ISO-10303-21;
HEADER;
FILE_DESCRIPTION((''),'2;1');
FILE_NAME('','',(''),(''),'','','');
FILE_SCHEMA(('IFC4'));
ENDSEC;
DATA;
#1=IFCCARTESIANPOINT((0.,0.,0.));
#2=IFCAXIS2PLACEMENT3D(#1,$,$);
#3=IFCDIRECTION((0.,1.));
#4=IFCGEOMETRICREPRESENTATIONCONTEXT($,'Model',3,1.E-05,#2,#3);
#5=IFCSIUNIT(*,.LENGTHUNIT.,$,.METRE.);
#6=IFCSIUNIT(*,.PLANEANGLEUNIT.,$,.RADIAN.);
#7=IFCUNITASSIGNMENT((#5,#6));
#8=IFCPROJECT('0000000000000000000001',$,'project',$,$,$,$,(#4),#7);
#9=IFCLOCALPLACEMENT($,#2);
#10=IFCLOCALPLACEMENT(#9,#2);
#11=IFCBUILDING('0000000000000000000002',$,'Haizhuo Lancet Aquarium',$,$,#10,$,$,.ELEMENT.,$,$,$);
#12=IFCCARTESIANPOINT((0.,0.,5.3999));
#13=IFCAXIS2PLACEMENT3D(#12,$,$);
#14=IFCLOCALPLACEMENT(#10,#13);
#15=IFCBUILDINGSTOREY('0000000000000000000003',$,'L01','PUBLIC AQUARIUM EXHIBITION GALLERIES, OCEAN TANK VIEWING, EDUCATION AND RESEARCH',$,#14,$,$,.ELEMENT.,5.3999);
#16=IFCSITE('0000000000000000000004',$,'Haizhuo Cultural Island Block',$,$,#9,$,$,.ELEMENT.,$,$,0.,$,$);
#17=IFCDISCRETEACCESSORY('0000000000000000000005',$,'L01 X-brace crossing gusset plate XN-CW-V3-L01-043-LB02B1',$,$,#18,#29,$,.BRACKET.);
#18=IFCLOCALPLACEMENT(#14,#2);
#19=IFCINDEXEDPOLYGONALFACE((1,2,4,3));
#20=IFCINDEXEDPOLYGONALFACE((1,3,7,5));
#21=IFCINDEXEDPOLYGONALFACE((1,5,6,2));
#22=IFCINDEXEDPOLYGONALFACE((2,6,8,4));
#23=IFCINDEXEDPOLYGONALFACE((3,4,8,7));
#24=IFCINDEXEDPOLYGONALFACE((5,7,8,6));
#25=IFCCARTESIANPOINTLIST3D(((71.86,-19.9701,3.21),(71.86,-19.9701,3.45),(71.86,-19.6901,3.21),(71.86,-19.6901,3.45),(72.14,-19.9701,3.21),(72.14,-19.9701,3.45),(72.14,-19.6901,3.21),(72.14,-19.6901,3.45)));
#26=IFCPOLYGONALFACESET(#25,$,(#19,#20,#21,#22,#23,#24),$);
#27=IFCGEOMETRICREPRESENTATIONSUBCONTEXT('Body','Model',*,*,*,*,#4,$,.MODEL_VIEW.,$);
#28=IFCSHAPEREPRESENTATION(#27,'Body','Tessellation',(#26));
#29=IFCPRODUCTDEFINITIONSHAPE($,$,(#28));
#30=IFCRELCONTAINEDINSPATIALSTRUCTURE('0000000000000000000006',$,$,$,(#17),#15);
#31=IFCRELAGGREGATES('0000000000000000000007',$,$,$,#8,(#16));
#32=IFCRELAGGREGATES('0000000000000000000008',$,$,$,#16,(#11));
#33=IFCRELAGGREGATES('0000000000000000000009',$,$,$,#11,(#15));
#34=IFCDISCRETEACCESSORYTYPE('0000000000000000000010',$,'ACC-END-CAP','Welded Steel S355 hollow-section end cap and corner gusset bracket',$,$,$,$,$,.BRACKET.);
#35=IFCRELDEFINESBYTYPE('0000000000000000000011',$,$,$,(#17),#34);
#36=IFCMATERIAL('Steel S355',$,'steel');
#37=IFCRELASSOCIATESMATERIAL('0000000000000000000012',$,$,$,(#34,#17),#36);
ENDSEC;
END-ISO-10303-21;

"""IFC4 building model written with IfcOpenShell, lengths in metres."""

from ifc_helpers import new_model, si_unit, direction, frame, origin, origin_2d, place, context, subcontext, project, spatial, rectangle, extrude, material, type_object, element, save


model = new_model("IFC4")

# Units and contexts
model_context = context("Model", 3, precision=1e-05, world=origin(), true_north=direction((0.0, 1.0)))
body_context = subcontext(model_context, "Body", "Model", "MODEL_VIEW")
ifc_project = project(units=[si_unit("LENGTHUNIT", "METRE"), si_unit("PLANEANGLEUNIT", "RADIAN")], contexts=[model_context])

# Site, building, storey
site_placement = place(None, origin())
site = spatial("IfcSite", under=ifc_project, at=site_placement, Name="Haizhuo Cultural Island Block", CompositionType="ELEMENT", RefElevation=0.0)
building_placement = place(site_placement, origin())
building = spatial("IfcBuilding", under=site, at=building_placement, Name="Haizhuo Lancet Aquarium", CompositionType="ELEMENT")
storey_placement = place(building_placement, frame((0.0, 0.0, 5.3999)))
storey = spatial("IfcBuildingStorey", under=building, at=storey_placement, Name="L01", Description="PUBLIC AQUARIUM EXHIBITION GALLERIES, OCEAN TANK VIEWING, EDUCATION AND RESEARCH", CompositionType="ELEMENT", Elevation=5.3999)

# Shared definitions
ifc_material_1 = material(Name="Steel S355", Category="steel")

# Discrete accessory
discrete_accessory_type = type_object("IfcDiscreteAccessoryType", Name="ACC-END-CAP", Description="Welded Steel S355 hollow-section end cap and corner gusset bracket", PredefinedType="BRACKET", material=ifc_material_1)
for number, where, z_axis, x_axis, name in (
    (1, (72.0, -19.8301, 3.21), (0.0, 0.0, 1.0), (1.0, 0.0, 0.0), "L01 X-brace crossing gusset plate XN-CW-V3-L01-043-LB02B1"),
):
    element("IfcDiscreteAccessory", number, at=place(storey_placement, frame(where, z_axis=z_axis, x_axis=x_axis)), inside=storey, type_object=discrete_accessory_type, material=ifc_material_1, Name=name, PredefinedType="BRACKET", context=body_context, shape_type="SweptSolid", body=[
        extrude(rectangle(XDim=0.28, YDim=0.28, at=origin_2d()), origin(), (0.0, 0.0, 1.0), 0.24),
    ])

save(model, "model.ifc")
